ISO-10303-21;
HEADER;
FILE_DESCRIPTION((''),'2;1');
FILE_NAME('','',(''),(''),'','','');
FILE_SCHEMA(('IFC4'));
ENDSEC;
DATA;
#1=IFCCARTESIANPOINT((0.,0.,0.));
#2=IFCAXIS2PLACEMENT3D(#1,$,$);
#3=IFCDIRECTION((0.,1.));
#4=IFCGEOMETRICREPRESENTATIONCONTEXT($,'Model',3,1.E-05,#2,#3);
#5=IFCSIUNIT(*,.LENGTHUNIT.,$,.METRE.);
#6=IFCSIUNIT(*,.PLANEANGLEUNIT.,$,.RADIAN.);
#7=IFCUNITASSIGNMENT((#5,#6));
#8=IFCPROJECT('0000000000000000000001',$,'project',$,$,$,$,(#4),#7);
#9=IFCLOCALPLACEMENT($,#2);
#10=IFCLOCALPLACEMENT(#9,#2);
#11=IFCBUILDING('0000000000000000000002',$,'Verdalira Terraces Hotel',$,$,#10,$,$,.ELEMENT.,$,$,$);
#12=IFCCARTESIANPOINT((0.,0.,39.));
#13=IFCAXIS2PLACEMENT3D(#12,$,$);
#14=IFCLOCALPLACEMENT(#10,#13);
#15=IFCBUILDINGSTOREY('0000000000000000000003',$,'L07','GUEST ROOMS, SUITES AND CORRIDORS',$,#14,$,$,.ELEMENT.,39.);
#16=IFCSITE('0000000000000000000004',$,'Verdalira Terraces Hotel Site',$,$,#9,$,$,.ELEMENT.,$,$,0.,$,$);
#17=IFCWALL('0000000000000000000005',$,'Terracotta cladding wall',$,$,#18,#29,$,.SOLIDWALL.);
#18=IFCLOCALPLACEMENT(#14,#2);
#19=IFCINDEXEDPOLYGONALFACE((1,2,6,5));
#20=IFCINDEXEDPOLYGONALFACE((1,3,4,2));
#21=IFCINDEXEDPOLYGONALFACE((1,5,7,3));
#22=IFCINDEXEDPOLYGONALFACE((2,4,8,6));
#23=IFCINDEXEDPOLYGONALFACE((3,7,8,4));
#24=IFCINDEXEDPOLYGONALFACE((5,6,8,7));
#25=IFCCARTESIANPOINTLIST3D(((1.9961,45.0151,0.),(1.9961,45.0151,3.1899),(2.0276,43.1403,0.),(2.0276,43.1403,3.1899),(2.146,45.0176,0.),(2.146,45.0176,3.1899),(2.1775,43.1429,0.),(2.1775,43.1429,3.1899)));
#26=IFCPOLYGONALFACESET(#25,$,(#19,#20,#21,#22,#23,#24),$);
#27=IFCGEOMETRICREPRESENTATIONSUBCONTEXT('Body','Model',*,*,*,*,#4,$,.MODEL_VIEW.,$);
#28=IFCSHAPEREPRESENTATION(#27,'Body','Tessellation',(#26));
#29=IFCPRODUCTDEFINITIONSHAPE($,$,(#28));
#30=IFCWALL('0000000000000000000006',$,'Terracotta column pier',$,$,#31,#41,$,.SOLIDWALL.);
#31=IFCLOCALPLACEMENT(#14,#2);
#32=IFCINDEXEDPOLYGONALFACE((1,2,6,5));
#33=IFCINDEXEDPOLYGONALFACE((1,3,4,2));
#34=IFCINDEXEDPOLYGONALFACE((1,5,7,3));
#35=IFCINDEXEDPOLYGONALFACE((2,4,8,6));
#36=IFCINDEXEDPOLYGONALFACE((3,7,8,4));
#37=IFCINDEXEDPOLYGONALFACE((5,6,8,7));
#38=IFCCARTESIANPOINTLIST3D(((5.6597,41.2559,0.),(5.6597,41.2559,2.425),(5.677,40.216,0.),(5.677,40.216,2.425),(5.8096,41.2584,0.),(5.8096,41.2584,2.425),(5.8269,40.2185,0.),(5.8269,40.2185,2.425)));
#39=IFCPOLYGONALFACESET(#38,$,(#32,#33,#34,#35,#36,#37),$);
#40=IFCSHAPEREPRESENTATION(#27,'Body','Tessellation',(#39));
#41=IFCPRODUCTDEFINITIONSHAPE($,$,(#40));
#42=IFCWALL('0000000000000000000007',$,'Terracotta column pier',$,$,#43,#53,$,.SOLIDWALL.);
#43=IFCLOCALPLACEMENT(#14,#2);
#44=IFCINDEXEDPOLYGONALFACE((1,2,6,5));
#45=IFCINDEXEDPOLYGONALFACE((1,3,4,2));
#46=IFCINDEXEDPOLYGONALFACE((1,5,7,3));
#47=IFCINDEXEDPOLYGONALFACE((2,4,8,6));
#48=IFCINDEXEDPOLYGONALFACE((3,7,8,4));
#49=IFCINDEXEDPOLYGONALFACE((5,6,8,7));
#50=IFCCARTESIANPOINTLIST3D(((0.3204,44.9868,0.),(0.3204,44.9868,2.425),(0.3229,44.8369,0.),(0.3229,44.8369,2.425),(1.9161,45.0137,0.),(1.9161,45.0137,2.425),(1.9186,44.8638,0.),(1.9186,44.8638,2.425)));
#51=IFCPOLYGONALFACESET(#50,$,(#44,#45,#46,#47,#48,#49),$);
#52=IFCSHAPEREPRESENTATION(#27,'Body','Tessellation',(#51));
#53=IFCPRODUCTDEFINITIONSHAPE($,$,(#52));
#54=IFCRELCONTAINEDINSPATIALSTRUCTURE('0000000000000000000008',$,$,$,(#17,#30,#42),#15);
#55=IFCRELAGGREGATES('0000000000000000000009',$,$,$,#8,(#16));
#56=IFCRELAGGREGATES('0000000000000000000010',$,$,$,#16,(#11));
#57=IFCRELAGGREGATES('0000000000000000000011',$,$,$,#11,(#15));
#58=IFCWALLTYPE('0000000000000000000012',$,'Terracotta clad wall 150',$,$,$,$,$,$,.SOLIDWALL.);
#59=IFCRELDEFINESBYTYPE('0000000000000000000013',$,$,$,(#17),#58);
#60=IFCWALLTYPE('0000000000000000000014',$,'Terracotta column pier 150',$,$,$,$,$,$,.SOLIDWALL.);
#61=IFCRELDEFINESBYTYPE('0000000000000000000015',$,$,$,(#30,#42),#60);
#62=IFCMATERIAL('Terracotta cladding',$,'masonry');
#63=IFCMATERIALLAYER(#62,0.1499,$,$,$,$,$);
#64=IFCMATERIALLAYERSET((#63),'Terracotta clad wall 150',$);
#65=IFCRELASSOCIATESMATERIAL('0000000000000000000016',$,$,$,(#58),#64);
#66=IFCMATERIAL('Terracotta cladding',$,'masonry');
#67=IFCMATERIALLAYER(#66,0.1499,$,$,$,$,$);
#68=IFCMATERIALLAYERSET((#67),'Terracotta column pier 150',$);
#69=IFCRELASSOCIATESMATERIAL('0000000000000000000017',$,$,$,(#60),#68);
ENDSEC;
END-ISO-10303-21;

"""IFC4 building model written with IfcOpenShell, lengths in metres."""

from ifc_helpers import new_model, si_unit, direction, frame, frame_2d, origin, place, context, subcontext, project, spatial, rectangle, extrude, material, layer, layer_set, type_object, element, save


model = new_model("IFC4")

# Units and contexts
model_context = context("Model", 3, precision=1e-05, world=origin(), true_north=direction((0.0, 1.0)))
body_context = subcontext(model_context, "Body", "Model", "MODEL_VIEW")
ifc_project = project(units=[si_unit("LENGTHUNIT", "METRE"), si_unit("PLANEANGLEUNIT", "RADIAN")], contexts=[model_context])

# Site, building, storey
site_placement = place(None, origin())
site = spatial("IfcSite", under=ifc_project, at=site_placement, Name="Verdalira Terraces Hotel Site", CompositionType="ELEMENT", RefElevation=0.0)
building_placement = place(site_placement, origin())
building = spatial("IfcBuilding", under=site, at=building_placement, Name="Verdalira Terraces Hotel", CompositionType="ELEMENT")
storey_placement = place(building_placement, frame((0.0, 0.0, 39.0)))
storey = spatial("IfcBuildingStorey", under=building, at=storey_placement, Name="L07", Description="GUEST ROOMS, SUITES AND CORRIDORS", CompositionType="ELEMENT", Elevation=39.0)

# Walls
ifc_material_1 = material(Name="Terracotta cladding", Category="masonry")
ifc_layer_1 = layer(ifc_material_1, 0.1499)
ifc_layer_set_1 = layer_set([ifc_layer_1], Name="Terracotta clad wall 150")
wall_type_1 = type_object("IfcWallType", Name="Terracotta clad wall 150", PredefinedType="SOLIDWALL", material=ifc_layer_set_1)
for number, where, z_axis, x_axis, name in (
    (1, (2.1025, 43.1416, 0.0), (0.0, 0.0, 1.0), (-0.016797, 0.999859, 0.0), "Terracotta cladding wall"),
):
    element("IfcWall", number, at=place(storey_placement, frame(where, z_axis=z_axis, x_axis=x_axis)), inside=storey, type_object=wall_type_1, Name=name, PredefinedType="SOLIDWALL", context=body_context, shape_type="SweptSolid", body=[
        extrude(rectangle(XDim=1.875, YDim=0.1499, at=frame_2d((0.9375, 0.0))), origin(), (0.0, 0.0, 1.0), 3.1899),
    ])
ifc_material_2 = material(Name="Terracotta cladding", Category="masonry")
ifc_layer_2 = layer(ifc_material_2, 0.1499)
ifc_layer_set_2 = layer_set([ifc_layer_2], Name="Terracotta column pier 150")
wall_type_2 = type_object("IfcWallType", Name="Terracotta column pier 150", PredefinedType="SOLIDWALL", material=ifc_layer_set_2)
wall_1_placement = place(storey_placement, frame((5.752, 40.2173, 0.0), z_axis=(0.0, 0.0, 1.0), x_axis=(-0.016668, 0.999861, 0.0)))
element("IfcWall", 2, at=wall_1_placement, inside=storey, type_object=wall_type_2, Name="Terracotta column pier", PredefinedType="SOLIDWALL", context=body_context, shape_type="SweptSolid", body=[
    extrude(rectangle(XDim=1.04, YDim=0.1499, at=frame_2d((0.52, 0.0))), origin(), (0.0, 0.0, 1.0), 2.425),
])
wall_2_placement = place(storey_placement, frame((1.9172, 44.9387, 0.0), z_axis=(0.0, 0.0, 1.0), x_axis=(-0.999858, -0.016827, 0.0)))
element("IfcWall", 3, at=wall_2_placement, inside=storey, type_object=wall_type_2, Name="Terracotta column pier", PredefinedType="SOLIDWALL", context=body_context, shape_type="SweptSolid", body=[
    extrude(rectangle(XDim=1.5959, YDim=0.1499, at=frame_2d((0.7979, 0.0))), origin(), (0.0, 0.0, 1.0), 2.425),
])

save(model, "model.ifc")
